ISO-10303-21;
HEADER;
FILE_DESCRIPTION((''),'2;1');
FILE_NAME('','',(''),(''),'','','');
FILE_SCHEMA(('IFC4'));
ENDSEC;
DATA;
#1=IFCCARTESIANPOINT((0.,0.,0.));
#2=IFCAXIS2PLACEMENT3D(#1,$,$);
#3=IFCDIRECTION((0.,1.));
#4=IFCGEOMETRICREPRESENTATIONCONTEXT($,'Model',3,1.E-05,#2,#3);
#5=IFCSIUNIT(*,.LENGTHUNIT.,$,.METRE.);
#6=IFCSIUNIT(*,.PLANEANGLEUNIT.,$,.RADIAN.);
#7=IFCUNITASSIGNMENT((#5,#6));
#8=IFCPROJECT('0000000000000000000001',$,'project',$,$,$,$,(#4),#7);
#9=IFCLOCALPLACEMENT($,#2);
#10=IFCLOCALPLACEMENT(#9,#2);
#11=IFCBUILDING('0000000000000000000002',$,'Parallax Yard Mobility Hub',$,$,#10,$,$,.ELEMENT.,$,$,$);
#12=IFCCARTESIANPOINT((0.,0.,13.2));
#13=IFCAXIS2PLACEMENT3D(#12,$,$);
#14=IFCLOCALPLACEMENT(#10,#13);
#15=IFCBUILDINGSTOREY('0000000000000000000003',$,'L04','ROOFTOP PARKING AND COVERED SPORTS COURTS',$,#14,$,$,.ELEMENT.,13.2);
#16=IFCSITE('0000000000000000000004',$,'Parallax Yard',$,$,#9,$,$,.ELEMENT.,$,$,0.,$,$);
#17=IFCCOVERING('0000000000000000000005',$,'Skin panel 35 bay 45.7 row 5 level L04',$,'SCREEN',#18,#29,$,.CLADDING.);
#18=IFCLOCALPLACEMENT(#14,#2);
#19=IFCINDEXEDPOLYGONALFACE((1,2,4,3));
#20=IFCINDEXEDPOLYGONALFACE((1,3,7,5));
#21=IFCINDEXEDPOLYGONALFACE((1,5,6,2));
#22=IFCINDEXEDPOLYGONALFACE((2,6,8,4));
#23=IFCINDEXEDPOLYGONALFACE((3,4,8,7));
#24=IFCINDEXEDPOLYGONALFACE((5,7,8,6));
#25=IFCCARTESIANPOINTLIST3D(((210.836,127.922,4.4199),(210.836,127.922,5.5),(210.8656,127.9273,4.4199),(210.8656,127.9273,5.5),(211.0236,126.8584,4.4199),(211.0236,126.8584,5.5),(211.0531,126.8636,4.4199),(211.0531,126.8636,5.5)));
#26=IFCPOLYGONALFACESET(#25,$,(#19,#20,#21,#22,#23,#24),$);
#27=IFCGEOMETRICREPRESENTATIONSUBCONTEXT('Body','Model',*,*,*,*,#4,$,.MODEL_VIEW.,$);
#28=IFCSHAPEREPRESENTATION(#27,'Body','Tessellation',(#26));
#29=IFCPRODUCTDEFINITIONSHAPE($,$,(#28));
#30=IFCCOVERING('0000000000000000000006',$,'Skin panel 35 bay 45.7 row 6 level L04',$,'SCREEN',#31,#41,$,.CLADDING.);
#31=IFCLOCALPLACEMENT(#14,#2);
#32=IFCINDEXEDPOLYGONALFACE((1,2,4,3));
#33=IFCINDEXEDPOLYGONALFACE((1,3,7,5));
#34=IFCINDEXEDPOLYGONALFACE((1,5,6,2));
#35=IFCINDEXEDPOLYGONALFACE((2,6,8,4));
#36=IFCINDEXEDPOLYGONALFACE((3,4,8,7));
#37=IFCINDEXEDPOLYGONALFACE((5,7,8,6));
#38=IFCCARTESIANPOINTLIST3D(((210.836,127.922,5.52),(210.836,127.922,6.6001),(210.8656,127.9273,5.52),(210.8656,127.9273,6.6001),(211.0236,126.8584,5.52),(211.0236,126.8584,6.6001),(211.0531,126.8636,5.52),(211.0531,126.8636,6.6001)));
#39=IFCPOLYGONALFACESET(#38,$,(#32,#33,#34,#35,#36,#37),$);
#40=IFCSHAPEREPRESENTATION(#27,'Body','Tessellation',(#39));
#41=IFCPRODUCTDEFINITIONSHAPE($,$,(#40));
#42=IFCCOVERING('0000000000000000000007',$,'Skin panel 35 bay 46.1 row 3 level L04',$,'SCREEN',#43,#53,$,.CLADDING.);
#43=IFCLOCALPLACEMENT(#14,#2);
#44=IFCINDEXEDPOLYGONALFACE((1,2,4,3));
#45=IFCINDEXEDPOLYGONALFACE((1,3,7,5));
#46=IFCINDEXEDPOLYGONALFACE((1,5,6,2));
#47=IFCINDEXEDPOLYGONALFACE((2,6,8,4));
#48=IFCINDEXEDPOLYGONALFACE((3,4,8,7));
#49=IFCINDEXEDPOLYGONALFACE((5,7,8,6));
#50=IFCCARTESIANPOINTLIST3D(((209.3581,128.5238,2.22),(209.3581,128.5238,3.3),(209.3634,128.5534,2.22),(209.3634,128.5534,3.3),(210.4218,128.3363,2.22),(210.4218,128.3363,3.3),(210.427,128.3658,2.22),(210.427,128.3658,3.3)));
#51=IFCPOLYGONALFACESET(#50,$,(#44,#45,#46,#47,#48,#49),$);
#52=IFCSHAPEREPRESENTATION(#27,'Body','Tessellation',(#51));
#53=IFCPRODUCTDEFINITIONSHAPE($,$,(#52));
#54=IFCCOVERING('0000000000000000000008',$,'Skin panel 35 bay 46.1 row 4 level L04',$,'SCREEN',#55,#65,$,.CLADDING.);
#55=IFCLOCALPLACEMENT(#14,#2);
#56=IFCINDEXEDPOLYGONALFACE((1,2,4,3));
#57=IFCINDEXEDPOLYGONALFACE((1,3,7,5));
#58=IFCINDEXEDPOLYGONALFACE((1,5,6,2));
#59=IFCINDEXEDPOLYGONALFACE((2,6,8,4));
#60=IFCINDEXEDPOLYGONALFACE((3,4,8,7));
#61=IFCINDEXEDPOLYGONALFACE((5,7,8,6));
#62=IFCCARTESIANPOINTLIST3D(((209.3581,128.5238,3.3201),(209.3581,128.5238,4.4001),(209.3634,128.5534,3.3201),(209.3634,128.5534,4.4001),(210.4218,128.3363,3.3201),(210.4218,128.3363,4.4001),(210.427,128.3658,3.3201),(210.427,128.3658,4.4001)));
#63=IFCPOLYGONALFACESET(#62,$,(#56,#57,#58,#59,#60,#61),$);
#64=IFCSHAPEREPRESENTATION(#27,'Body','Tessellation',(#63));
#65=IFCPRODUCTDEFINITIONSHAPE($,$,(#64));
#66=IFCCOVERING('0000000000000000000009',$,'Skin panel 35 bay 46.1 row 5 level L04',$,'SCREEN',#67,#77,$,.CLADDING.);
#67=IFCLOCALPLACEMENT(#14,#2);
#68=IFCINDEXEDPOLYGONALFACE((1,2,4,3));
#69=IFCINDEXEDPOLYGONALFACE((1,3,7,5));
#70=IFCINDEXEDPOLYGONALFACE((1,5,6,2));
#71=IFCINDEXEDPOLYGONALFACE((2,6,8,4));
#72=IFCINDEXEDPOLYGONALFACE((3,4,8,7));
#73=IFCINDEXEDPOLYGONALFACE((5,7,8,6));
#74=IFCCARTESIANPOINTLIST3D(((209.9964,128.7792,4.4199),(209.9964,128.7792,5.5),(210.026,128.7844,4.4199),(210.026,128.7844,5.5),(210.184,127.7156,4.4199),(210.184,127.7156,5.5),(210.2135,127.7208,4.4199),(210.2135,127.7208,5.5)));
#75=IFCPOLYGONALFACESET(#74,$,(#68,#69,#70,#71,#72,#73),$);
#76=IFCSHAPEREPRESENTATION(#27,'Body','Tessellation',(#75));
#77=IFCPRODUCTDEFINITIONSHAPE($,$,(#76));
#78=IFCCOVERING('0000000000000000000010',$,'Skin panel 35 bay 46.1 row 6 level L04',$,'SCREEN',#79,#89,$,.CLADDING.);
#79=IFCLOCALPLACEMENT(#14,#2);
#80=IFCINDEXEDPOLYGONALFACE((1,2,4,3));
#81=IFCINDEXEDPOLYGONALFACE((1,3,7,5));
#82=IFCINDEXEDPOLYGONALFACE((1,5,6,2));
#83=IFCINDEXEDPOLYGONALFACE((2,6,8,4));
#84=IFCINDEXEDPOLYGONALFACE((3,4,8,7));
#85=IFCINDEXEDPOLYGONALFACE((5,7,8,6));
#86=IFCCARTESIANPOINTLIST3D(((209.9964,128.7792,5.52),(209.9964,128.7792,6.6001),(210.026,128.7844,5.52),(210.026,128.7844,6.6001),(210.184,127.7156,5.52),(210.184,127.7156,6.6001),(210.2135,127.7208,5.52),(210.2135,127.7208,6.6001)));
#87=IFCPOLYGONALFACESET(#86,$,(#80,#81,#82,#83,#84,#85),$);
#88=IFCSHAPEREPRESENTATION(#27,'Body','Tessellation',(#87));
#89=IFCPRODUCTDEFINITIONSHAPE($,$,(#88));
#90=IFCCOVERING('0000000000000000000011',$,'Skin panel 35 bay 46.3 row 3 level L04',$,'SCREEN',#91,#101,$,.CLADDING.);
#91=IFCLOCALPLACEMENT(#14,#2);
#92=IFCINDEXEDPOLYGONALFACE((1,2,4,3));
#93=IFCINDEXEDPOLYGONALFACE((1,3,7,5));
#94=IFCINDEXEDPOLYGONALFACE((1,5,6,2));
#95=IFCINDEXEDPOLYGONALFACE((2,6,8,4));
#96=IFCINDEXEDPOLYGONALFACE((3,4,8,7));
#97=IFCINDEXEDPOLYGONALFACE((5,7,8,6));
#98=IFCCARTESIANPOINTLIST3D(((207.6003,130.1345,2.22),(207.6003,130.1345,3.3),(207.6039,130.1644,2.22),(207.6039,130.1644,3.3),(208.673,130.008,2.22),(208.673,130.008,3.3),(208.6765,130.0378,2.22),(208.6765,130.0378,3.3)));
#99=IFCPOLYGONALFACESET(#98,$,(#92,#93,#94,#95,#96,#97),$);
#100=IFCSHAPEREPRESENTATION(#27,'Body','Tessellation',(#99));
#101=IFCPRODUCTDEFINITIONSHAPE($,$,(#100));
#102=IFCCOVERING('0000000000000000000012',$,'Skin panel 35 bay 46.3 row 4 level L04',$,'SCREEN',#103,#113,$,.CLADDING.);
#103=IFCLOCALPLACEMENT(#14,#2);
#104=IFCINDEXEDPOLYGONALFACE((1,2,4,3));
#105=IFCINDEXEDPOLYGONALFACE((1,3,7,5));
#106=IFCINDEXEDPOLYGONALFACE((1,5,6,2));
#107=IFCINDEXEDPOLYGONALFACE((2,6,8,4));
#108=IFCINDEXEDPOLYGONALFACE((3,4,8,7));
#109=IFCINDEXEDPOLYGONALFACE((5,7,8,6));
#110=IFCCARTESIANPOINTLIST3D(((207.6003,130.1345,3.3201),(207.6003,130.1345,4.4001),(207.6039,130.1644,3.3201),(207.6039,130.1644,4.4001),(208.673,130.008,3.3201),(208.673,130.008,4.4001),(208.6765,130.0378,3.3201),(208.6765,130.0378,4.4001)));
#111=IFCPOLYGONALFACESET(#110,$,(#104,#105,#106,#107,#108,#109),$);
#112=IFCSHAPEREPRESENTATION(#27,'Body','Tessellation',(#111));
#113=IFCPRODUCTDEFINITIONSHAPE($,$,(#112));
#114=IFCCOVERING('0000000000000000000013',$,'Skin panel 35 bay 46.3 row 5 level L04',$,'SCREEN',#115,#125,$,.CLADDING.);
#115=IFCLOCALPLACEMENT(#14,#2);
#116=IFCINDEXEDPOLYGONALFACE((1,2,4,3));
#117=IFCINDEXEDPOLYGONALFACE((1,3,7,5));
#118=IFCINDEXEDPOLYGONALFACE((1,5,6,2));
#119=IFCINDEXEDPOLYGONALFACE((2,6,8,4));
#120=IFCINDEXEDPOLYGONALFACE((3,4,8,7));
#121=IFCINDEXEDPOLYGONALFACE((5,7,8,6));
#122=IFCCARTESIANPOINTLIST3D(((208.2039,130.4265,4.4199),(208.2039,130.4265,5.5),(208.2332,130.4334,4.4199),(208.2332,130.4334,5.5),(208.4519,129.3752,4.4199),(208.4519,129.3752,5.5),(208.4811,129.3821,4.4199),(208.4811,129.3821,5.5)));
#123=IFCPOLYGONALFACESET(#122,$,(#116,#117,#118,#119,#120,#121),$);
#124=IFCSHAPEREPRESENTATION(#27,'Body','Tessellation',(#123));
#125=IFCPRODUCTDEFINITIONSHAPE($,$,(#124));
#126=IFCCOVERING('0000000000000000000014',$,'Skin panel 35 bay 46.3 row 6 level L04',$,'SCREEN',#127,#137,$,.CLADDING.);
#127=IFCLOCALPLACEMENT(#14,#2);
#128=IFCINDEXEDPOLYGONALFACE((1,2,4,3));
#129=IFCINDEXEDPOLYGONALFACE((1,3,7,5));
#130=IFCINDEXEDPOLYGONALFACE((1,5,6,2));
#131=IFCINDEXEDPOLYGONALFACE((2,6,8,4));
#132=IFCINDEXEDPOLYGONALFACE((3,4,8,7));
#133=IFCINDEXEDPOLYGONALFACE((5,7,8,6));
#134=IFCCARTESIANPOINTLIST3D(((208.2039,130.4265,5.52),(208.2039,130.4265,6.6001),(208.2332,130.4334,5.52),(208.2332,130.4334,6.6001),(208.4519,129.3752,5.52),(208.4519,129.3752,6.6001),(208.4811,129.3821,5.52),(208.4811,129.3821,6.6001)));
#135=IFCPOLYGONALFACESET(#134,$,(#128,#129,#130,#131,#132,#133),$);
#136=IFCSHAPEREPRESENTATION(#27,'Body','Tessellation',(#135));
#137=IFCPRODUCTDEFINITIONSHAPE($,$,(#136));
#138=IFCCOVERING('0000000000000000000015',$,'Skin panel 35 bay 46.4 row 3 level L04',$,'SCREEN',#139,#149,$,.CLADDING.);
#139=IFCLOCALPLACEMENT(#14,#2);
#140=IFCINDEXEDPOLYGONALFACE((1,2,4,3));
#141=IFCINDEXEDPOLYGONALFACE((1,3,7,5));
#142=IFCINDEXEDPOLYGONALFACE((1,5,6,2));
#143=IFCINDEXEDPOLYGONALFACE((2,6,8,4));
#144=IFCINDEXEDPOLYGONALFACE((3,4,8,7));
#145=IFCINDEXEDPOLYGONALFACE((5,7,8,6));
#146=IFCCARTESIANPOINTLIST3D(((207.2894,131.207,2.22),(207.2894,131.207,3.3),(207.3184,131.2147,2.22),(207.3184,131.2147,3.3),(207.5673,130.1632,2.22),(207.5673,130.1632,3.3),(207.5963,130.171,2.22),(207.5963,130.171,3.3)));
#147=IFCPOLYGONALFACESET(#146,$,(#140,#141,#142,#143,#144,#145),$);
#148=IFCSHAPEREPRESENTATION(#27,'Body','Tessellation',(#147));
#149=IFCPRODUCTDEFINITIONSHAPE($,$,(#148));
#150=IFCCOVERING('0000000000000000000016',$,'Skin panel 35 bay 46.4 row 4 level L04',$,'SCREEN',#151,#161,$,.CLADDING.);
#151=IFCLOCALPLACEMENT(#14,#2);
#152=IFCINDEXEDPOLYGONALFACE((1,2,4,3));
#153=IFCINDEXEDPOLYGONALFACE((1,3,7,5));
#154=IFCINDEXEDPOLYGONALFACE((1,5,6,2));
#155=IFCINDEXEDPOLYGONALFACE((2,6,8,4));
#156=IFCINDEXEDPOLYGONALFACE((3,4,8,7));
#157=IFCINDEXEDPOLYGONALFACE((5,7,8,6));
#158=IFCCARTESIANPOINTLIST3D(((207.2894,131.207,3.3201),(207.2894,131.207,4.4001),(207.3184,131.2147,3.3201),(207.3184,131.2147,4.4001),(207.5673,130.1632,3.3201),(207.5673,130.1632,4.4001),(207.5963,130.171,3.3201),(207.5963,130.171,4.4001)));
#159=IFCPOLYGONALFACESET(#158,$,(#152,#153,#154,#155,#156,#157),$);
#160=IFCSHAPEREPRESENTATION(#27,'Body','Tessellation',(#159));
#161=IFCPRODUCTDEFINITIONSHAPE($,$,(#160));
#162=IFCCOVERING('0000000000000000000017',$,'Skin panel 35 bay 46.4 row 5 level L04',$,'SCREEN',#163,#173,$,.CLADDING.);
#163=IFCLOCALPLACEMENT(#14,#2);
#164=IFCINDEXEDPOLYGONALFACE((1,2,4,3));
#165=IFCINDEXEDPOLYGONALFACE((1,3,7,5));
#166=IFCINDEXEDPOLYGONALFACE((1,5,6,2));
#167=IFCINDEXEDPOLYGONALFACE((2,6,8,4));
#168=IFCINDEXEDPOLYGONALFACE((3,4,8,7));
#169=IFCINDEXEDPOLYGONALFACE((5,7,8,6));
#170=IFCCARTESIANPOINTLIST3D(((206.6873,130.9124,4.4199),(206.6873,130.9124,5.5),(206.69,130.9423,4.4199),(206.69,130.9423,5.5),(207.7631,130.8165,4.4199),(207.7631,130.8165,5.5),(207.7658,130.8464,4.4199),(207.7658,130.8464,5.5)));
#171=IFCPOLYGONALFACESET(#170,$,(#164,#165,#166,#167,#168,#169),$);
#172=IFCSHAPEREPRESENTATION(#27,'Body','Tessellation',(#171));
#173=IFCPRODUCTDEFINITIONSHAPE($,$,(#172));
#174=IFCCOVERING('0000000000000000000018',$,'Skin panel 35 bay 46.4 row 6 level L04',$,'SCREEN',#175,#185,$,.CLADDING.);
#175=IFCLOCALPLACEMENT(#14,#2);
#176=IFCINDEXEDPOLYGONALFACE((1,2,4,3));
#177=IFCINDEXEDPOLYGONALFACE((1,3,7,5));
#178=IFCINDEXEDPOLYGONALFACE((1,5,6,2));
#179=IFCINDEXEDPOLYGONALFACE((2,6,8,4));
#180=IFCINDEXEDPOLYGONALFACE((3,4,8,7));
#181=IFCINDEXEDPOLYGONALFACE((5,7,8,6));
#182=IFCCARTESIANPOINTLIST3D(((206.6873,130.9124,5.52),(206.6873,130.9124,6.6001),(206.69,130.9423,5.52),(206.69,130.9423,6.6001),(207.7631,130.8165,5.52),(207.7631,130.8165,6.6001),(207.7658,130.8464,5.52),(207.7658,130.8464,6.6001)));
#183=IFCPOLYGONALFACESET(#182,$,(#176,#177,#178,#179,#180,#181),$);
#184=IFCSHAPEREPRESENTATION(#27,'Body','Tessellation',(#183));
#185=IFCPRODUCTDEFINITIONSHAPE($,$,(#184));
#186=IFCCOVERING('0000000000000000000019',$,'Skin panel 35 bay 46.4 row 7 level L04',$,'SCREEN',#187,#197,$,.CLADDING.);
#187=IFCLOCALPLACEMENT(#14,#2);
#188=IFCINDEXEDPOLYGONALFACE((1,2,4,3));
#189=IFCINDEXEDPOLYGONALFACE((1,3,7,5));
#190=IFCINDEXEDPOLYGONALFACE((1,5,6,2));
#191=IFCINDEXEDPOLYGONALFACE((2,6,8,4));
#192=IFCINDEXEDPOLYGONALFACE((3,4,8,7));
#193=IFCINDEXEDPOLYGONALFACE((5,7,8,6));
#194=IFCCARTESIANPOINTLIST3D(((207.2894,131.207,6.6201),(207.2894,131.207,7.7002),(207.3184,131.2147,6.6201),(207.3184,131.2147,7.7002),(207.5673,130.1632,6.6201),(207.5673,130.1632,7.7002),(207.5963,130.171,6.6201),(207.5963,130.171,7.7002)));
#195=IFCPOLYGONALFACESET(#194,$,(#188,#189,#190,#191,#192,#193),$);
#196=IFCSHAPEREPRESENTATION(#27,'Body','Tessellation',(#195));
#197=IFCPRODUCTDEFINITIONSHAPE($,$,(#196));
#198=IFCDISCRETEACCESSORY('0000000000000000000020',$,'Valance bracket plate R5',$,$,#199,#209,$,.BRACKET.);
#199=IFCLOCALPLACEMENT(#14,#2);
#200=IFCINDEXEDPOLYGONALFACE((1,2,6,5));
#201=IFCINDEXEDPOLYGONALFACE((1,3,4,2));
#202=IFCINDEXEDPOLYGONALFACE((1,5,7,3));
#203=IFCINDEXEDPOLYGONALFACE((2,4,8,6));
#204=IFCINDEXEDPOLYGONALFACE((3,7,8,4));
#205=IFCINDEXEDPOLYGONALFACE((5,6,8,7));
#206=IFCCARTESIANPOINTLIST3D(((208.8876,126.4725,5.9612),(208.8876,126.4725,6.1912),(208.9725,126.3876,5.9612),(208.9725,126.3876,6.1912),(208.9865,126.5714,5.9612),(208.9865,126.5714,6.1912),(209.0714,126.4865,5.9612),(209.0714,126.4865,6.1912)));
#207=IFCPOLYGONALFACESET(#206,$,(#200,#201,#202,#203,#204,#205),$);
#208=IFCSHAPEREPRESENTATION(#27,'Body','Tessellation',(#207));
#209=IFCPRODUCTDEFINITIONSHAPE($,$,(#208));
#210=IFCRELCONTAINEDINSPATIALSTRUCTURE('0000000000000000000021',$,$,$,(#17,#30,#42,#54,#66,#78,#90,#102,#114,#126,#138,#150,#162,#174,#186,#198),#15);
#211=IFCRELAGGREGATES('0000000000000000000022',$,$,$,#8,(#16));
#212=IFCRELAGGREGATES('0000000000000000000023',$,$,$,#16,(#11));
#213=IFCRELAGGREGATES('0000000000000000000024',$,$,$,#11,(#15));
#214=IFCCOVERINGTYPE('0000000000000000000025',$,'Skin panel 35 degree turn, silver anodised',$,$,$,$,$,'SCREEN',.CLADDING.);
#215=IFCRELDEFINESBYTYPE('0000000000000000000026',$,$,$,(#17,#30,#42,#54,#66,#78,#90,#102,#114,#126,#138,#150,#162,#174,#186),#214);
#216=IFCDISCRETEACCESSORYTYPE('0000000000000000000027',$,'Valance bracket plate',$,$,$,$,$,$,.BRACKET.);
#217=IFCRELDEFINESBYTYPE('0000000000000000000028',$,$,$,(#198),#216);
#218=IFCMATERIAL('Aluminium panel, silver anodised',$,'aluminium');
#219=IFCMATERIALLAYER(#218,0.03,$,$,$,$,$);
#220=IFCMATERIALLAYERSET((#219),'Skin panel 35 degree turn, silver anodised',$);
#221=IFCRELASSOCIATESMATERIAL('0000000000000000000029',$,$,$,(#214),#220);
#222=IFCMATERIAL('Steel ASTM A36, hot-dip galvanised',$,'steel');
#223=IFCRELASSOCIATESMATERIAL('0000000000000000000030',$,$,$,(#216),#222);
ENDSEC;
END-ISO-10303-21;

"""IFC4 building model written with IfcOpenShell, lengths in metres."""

from ifc_helpers import new_model, si_unit, direction, frame, origin, origin_2d, place, context, subcontext, project, spatial, rectangle, extrude, material, layer, layer_set, type_object, element, save


model = new_model("IFC4")

# Units and contexts
model_context = context("Model", 3, precision=1e-05, world=origin(), true_north=direction((0.0, 1.0)))
body_context = subcontext(model_context, "Body", "Model", "MODEL_VIEW")
ifc_project = project(units=[si_unit("LENGTHUNIT", "METRE"), si_unit("PLANEANGLEUNIT", "RADIAN")], contexts=[model_context])

# Site, building, storey
site_placement = place(None, origin())
site = spatial("IfcSite", under=ifc_project, at=site_placement, Name="Parallax Yard", CompositionType="ELEMENT", RefElevation=0.0)
building_placement = place(site_placement, origin())
building = spatial("IfcBuilding", under=site, at=building_placement, Name="Parallax Yard Mobility Hub", CompositionType="ELEMENT")
storey_placement = place(building_placement, frame((0.0, 0.0, 13.2)))
storey = spatial("IfcBuildingStorey", under=building, at=storey_placement, Name="L04", Description="ROOFTOP PARKING AND COVERED SPORTS COURTS", CompositionType="ELEMENT", Elevation=13.2)

# Coverings
ifc_material_1 = material(Name="Aluminium panel, silver anodised", Category="aluminium")
ifc_layer_1 = layer(ifc_material_1, 0.03)
ifc_layer_set_1 = layer_set([ifc_layer_1], Name="Skin panel 35 degree turn, silver anodised")
covering_type_1 = type_object("IfcCoveringType", Name="Skin panel 35 degree turn, silver anodised", ElementType="SCREEN", PredefinedType="CLADDING", material=ifc_layer_set_1)
for number, where, z_axis, x_axis, name in (
    (1, (210.9446, 127.3928, 4.4199), (0.0, 0.0, 1.0), (-0.173648, 0.984808, 0.0), "Skin panel 35 bay 45.7 row 5 level L04"),
    (2, (210.9446, 127.3928, 5.52), (0.0, 0.0, 1.0), (-0.173648, 0.984808, 0.0), "Skin panel 35 bay 45.7 row 6 level L04"),
    (3, (209.8926, 128.4448, 2.22), (0.0, 0.0, 1.0), (0.984808, -0.173648, 0.0), "Skin panel 35 bay 46.1 row 3 level L04"),
    (4, (209.8926, 128.4448, 3.3201), (0.0, 0.0, 1.0), (0.984808, -0.173648, 0.0), "Skin panel 35 bay 46.1 row 4 level L04"),
    (5, (210.105, 128.25, 4.4199), (0.0, 0.0, 1.0), (-0.173648, 0.984808, 0.0), "Skin panel 35 bay 46.1 row 5 level L04"),
    (6, (210.105, 128.25, 5.52), (0.0, 0.0, 1.0), (-0.173648, 0.984808, 0.0), "Skin panel 35 bay 46.1 row 6 level L04"),
    (7, (208.1384, 130.0862, 2.22), (0.0, 0.0, 1.0), (0.993115, -0.117144, 0.0), "Skin panel 35 bay 46.3 row 3 level L04"),
    (8, (208.1384, 130.0862, 3.3201), (0.0, 0.0, 1.0), (0.993115, -0.117144, 0.0), "Skin panel 35 bay 46.3 row 4 level L04"),
    (9, (208.3425, 129.9043, 4.4199), (0.0, 0.0, 1.0), (-0.229586, 0.973288, 0.0), "Skin panel 35 bay 46.3 row 5 level L04"),
    (10, (208.3425, 129.9043, 5.52), (0.0, 0.0, 1.0), (-0.229586, 0.973288, 0.0), "Skin panel 35 bay 46.3 row 6 level L04"),
    (11, (207.4429, 130.689, 2.22), (0.0, 0.0, 1.0), (-0.257286, 0.966335, 0.0), "Skin panel 35 bay 46.4 row 3 level L04"),
    (12, (207.4429, 130.689, 3.3201), (0.0, 0.0, 1.0), (-0.257286, 0.966335, 0.0), "Skin panel 35 bay 46.4 row 4 level L04"),
    (13, (207.2266, 130.8794, 4.4199), (0.0, 0.0, 1.0), (0.996055, -0.088736, 0.0), "Skin panel 35 bay 46.4 row 5 level L04"),
    (14, (207.2266, 130.8794, 5.52), (0.0, 0.0, 1.0), (0.996055, -0.088736, 0.0), "Skin panel 35 bay 46.4 row 6 level L04"),
    (15, (207.4429, 130.689, 6.6201), (0.0, 0.0, 1.0), (-0.257286, 0.966335, 0.0), "Skin panel 35 bay 46.4 row 7 level L04"),
):
    element("IfcCovering", number, at=place(storey_placement, frame(where, z_axis=z_axis, x_axis=x_axis)), inside=storey, type_object=covering_type_1, Name=name, ObjectType="SCREEN", PredefinedType="CLADDING", context=body_context, shape_type="SweptSolid", body=[
        extrude(rectangle(XDim=1.0801, YDim=0.03, at=origin_2d()), origin(), (0.0, 0.0, 1.0), 1.0801),
    ])

# Discrete accessory
ifc_material_2 = material(Name="Steel ASTM A36, hot-dip galvanised", Category="steel")
discrete_accessory_type = type_object("IfcDiscreteAccessoryType", Name="Valance bracket plate", PredefinedType="BRACKET", material=ifc_material_2)
discrete_accessory_placement = place(storey_placement, frame((208.9795, 126.4795, 5.9612), z_axis=(0.0, 0.0, 1.0), x_axis=(0.707107, 0.707107, 0.0)))
element("IfcDiscreteAccessory", 16, at=discrete_accessory_placement, inside=storey, type_object=discrete_accessory_type, Name="Valance bracket plate R5", PredefinedType="BRACKET", context=body_context, shape_type="SweptSolid", body=[
    extrude(rectangle(XDim=0.1399, YDim=0.1201, at=origin_2d()), origin(), (0.0, 0.0, 1.0), 0.23),
])

save(model, "model.ifc")
